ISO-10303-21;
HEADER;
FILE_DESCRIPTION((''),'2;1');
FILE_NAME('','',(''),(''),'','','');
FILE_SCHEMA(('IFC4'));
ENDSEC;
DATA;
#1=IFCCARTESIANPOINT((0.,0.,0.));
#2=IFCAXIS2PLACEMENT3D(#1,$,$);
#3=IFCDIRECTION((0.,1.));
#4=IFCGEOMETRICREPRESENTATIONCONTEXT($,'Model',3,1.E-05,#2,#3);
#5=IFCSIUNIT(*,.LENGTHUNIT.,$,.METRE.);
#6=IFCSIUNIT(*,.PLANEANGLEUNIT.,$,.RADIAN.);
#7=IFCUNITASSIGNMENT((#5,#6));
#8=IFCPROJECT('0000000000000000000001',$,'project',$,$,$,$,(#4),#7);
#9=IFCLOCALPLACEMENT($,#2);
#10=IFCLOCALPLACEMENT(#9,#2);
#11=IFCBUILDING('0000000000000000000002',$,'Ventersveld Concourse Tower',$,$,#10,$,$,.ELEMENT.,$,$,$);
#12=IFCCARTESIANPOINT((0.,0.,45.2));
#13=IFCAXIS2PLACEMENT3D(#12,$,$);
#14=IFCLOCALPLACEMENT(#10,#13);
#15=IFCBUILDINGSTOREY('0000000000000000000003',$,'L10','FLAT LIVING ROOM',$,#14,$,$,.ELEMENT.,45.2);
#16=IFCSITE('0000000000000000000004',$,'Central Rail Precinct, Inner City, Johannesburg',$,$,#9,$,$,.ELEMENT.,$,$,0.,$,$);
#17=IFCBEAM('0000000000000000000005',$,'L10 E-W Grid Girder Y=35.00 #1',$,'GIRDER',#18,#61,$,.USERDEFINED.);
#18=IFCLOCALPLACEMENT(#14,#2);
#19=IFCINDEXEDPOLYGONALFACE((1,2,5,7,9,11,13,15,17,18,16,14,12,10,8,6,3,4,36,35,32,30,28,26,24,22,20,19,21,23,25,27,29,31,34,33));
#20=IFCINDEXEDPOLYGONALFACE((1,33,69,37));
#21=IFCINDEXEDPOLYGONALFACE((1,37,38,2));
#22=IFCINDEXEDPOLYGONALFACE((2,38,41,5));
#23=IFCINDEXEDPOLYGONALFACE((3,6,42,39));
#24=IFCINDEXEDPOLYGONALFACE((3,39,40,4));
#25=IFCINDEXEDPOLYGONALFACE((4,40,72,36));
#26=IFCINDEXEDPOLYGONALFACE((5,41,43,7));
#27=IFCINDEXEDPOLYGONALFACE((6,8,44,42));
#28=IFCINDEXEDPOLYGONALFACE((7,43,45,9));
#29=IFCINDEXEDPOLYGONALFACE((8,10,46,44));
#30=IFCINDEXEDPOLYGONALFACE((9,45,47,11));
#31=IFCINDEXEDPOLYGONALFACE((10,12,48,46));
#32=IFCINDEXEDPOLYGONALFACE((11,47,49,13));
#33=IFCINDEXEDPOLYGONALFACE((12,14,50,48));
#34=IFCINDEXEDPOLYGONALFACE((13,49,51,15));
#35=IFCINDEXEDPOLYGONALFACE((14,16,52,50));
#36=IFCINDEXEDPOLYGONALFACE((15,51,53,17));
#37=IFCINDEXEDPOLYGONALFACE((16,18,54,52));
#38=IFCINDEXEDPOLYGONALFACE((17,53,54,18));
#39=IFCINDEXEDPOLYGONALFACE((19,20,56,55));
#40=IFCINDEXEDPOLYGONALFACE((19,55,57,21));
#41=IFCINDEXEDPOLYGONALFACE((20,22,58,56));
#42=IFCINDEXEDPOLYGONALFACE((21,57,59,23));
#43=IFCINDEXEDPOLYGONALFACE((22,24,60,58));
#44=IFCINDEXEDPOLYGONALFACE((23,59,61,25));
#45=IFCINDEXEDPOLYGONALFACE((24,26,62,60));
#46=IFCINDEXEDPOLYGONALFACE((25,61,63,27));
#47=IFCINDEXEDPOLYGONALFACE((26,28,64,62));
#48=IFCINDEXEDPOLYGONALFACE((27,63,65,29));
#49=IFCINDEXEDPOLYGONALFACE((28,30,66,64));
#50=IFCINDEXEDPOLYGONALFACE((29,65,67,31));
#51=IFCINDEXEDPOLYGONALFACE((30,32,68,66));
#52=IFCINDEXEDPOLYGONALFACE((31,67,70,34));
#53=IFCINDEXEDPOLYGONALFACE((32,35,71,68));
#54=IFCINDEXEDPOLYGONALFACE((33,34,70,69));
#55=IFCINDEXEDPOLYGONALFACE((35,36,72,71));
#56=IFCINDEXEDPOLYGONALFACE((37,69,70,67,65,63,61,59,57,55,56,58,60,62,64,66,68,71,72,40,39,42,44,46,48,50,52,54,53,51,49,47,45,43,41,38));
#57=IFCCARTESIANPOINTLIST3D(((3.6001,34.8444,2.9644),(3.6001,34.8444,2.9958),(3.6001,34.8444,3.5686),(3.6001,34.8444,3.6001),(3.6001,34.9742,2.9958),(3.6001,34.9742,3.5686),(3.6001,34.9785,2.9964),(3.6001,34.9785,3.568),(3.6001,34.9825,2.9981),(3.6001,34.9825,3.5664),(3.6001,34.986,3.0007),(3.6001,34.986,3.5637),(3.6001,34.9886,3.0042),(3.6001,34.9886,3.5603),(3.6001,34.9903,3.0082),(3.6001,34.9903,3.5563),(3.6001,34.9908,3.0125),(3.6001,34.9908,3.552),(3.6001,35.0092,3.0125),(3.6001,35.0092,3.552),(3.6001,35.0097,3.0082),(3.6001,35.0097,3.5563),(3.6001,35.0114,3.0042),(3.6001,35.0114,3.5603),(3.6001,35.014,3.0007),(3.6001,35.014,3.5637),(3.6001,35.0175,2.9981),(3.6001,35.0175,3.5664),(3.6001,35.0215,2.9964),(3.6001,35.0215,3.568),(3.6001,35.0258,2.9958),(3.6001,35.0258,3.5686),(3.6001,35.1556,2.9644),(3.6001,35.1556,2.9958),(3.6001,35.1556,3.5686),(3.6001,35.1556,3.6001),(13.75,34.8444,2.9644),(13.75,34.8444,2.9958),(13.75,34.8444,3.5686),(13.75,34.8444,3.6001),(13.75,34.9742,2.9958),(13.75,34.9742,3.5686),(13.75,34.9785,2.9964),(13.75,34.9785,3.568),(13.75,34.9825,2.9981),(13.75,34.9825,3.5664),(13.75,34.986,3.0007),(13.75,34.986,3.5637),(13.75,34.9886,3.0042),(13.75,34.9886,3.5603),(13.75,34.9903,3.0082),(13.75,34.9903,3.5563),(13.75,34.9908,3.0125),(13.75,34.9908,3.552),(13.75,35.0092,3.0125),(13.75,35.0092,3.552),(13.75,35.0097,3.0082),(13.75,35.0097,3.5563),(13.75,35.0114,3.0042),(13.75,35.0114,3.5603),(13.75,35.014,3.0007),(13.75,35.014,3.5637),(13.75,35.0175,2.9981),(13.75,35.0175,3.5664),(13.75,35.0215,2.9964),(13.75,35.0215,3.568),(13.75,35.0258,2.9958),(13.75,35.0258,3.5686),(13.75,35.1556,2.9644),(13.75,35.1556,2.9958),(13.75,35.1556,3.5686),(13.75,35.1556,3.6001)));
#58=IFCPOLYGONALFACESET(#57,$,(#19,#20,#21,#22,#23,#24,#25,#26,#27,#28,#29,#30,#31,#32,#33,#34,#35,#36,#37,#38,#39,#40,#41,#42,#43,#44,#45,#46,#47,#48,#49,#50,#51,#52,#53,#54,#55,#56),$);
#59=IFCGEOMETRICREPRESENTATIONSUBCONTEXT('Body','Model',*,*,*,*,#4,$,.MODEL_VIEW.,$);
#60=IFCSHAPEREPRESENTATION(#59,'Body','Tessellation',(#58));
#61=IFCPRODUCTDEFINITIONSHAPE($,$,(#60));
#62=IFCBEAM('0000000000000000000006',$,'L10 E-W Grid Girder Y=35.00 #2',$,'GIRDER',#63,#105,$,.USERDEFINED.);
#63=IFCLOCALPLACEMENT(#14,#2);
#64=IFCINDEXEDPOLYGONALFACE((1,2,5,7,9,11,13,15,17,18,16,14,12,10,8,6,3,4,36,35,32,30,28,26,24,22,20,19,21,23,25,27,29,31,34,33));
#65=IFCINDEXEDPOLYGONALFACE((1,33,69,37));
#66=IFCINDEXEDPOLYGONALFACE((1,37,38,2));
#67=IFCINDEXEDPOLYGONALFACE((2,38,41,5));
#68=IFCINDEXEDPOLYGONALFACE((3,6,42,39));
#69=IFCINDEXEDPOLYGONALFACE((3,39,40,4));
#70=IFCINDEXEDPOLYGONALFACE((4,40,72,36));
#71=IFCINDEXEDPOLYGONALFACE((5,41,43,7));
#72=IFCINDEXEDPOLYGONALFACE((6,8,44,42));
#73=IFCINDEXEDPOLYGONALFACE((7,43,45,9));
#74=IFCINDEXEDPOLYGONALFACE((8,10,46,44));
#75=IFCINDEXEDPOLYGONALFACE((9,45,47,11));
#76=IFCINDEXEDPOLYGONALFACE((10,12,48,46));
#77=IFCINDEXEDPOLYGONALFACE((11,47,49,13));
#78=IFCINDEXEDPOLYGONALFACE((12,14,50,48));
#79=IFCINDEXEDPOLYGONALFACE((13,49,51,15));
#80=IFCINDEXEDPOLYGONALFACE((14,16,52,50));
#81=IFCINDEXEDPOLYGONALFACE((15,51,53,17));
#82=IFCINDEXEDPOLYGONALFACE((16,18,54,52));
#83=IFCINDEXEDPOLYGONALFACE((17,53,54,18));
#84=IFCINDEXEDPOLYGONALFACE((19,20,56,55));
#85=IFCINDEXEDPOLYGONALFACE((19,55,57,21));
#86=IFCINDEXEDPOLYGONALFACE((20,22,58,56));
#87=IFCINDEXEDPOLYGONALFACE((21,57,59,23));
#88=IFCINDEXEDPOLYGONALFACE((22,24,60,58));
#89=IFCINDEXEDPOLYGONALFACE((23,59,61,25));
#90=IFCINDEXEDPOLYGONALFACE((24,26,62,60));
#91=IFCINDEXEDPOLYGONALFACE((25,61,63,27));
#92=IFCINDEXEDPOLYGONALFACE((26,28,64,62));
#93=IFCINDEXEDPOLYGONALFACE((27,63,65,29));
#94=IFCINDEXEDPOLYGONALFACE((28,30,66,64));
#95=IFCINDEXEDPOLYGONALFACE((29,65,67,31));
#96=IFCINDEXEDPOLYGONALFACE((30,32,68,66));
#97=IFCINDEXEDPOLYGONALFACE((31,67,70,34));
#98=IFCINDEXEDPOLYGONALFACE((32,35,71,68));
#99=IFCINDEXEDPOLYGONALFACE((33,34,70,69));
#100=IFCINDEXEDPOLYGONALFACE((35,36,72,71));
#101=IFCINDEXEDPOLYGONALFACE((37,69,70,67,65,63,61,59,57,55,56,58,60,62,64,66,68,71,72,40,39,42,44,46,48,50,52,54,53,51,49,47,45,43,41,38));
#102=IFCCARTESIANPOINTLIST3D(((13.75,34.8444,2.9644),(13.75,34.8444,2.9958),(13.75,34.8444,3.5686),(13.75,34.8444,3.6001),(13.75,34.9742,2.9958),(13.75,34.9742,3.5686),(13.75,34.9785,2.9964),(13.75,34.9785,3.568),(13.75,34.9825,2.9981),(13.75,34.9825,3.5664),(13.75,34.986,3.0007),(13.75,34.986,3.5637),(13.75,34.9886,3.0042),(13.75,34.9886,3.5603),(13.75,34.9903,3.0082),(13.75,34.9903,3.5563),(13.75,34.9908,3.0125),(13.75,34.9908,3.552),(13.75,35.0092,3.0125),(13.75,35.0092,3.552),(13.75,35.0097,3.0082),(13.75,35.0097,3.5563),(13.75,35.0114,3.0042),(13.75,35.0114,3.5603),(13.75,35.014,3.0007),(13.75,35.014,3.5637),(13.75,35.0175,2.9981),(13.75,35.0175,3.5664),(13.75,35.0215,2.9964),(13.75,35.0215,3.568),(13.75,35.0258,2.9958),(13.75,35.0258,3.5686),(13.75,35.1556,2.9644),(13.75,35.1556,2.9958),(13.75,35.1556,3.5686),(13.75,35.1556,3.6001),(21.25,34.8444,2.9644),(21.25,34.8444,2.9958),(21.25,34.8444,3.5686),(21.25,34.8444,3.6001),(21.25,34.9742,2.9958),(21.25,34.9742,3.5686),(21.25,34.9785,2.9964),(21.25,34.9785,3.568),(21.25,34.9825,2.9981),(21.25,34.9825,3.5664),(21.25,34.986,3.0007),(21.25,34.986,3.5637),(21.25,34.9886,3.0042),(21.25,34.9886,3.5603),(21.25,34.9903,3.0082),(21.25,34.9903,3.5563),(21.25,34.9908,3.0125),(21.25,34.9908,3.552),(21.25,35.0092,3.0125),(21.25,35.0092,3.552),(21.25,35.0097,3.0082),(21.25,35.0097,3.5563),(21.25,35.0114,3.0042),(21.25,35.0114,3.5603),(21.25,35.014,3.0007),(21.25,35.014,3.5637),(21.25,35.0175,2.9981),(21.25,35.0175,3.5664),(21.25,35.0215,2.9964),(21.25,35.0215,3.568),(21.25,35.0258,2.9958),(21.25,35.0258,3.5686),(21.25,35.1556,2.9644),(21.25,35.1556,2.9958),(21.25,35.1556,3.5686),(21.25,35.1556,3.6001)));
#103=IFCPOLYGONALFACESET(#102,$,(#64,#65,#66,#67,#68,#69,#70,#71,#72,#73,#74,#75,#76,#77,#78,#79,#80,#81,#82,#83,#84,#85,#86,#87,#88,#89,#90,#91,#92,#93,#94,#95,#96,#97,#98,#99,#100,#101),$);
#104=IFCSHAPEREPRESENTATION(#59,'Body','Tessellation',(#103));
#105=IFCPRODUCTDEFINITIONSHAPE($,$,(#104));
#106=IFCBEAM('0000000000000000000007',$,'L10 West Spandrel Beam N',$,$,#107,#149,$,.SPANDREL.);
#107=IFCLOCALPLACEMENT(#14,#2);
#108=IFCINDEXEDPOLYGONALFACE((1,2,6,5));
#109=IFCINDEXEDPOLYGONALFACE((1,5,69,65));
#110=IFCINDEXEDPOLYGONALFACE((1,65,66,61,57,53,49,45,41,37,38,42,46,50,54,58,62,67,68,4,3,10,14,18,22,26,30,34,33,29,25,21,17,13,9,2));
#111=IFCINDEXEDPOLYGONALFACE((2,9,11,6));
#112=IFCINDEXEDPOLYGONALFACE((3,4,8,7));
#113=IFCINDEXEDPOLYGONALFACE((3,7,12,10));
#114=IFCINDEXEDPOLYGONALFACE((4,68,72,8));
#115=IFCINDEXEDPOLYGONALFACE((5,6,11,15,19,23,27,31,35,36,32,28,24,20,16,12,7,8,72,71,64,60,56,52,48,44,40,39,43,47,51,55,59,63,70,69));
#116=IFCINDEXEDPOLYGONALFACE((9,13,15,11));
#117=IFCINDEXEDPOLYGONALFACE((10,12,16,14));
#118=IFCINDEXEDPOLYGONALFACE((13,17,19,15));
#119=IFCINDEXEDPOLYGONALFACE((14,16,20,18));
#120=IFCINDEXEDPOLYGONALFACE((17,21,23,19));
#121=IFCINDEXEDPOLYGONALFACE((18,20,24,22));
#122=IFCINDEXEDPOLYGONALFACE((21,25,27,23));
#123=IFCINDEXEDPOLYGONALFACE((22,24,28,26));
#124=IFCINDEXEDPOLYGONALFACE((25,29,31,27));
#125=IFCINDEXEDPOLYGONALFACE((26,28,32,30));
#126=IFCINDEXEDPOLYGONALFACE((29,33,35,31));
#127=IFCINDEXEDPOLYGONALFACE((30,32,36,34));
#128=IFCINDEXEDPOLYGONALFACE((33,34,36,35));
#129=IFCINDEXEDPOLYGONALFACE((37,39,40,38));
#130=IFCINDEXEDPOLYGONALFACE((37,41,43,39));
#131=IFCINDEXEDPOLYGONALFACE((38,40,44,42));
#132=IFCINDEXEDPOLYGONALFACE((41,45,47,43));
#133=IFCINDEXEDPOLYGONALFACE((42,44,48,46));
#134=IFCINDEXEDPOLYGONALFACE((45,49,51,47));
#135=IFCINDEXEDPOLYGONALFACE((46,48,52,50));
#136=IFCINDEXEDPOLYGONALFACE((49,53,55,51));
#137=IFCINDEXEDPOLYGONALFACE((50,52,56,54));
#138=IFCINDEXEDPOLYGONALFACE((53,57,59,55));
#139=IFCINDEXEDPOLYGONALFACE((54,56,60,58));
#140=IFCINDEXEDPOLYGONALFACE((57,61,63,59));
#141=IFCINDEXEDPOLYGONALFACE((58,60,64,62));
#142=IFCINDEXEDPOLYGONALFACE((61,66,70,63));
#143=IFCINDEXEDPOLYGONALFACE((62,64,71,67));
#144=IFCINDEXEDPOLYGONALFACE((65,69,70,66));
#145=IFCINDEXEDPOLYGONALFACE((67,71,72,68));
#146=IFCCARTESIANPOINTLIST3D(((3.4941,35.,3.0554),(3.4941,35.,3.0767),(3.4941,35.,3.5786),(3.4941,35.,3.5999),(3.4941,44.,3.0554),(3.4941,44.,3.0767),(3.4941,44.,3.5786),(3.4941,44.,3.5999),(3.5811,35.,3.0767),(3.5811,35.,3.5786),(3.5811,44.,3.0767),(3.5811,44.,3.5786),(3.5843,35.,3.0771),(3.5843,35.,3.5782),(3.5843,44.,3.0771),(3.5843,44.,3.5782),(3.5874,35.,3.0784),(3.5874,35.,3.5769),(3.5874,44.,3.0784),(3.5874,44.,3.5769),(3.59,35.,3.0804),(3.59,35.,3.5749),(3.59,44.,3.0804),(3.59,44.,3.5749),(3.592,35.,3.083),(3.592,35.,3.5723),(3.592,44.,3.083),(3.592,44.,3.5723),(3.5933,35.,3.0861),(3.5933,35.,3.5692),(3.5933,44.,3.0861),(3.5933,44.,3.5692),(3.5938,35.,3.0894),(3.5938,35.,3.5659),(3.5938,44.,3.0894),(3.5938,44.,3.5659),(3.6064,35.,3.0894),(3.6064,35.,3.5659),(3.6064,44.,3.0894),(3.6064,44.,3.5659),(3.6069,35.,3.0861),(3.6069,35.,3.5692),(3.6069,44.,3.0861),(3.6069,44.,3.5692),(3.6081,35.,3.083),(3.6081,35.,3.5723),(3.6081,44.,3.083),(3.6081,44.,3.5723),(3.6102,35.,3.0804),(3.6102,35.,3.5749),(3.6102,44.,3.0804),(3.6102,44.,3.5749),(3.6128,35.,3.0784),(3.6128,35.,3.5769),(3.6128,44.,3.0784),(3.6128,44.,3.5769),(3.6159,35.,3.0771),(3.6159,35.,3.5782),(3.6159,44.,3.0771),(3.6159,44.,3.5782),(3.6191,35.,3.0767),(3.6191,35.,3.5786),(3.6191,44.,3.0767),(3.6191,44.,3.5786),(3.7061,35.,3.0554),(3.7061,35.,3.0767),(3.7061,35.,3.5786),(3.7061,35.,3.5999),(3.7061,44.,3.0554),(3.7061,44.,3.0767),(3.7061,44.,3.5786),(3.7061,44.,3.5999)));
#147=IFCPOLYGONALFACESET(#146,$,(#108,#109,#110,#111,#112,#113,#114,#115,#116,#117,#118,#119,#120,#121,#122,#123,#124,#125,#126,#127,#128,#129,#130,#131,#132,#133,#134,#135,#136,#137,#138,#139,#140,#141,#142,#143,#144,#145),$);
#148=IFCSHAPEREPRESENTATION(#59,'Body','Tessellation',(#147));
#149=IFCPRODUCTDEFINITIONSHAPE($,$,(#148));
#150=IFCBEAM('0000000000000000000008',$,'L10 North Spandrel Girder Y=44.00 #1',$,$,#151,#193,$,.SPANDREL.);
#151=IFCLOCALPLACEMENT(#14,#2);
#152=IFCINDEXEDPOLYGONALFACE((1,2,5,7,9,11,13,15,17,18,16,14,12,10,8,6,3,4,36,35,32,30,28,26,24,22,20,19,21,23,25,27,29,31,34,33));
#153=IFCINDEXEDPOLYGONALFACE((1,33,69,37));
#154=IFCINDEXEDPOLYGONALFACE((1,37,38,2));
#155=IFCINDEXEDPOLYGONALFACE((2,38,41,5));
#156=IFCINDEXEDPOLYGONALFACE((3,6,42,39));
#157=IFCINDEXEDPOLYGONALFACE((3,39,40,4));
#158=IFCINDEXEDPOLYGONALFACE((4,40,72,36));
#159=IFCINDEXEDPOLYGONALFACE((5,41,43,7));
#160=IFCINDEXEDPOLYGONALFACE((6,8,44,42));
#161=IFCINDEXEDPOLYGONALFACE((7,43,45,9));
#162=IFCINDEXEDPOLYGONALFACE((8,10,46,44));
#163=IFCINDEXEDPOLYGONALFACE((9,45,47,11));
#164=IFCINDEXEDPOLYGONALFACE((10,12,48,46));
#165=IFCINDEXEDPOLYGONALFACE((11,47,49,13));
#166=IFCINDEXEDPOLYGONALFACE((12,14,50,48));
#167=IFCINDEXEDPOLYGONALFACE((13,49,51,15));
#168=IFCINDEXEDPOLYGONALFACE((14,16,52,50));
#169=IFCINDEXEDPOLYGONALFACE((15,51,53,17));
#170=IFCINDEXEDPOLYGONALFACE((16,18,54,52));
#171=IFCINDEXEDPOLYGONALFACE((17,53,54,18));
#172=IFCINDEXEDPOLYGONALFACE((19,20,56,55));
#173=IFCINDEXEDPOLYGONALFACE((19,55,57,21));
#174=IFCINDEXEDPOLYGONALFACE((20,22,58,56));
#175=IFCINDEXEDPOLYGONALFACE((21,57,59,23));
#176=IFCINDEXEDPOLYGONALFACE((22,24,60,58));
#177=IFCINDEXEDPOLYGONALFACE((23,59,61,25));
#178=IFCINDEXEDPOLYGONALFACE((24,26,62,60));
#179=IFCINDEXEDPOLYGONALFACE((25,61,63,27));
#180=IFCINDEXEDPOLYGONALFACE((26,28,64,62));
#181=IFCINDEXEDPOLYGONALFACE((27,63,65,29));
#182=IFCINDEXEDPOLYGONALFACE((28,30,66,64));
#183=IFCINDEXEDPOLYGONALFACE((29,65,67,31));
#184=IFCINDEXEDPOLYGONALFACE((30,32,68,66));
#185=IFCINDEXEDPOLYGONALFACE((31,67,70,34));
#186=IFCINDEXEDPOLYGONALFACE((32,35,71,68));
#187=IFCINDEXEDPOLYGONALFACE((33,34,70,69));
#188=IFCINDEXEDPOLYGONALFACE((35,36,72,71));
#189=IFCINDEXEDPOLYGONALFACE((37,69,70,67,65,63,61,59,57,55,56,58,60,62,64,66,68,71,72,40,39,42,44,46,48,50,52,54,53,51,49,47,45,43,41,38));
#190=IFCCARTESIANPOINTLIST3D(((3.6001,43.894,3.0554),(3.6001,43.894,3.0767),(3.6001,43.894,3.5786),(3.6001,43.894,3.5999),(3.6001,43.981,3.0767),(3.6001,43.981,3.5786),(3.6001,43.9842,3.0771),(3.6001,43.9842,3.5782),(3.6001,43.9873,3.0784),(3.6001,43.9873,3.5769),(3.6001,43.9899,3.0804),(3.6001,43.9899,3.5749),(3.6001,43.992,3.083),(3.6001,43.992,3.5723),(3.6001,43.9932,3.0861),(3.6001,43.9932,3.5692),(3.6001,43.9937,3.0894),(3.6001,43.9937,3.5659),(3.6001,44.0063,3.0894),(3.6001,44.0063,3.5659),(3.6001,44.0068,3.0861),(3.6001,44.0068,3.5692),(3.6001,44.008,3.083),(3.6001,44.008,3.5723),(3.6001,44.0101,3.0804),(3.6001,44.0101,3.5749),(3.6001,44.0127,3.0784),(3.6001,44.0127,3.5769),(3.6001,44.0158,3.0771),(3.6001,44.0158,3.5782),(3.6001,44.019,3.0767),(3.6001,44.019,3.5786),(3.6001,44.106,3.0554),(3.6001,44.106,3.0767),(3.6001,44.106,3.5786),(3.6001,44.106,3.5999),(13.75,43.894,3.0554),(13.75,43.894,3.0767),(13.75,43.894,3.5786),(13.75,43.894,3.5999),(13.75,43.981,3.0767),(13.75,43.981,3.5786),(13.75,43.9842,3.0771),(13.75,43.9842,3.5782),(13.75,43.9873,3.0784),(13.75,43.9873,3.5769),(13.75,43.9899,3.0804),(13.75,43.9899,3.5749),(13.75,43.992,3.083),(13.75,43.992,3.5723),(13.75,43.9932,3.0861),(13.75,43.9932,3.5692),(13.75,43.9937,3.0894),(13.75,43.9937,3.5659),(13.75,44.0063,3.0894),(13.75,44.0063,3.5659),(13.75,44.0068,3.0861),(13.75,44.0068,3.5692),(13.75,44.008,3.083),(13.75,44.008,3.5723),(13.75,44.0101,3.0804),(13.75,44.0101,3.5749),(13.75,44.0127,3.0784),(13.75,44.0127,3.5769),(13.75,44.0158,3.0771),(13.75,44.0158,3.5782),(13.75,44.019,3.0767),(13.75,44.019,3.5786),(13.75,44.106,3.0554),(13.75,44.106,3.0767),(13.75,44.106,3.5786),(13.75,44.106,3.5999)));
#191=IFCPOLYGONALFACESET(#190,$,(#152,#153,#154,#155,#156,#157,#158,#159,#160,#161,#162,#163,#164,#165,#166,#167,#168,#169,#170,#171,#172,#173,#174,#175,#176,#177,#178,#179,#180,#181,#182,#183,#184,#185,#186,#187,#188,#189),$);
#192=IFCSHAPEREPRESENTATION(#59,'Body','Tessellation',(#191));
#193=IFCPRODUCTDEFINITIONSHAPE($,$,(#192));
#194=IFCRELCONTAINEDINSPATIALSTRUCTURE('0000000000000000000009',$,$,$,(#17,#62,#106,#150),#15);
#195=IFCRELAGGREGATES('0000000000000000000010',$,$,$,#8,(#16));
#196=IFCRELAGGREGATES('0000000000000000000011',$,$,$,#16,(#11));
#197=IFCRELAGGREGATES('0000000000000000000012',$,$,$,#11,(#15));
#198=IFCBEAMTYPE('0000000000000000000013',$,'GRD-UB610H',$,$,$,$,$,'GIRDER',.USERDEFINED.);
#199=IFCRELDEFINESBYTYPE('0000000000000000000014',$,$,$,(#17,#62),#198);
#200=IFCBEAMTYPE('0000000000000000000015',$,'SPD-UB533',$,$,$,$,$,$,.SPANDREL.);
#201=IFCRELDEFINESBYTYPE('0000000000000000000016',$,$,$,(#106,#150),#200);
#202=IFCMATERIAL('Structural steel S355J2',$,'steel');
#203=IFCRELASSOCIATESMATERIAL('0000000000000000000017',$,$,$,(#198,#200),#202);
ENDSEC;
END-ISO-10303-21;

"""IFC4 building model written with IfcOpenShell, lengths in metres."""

from ifc_helpers import new_model, si_unit, direction, frame, origin, origin_2d, place, context, subcontext, project, spatial, i_section, extrude, material, material_profile, profile_set, type_object, element, save


model = new_model("IFC4")

# Units and contexts
model_context = context("Model", 3, precision=1e-05, world=origin(), true_north=direction((0.0, 1.0)))
body_context = subcontext(model_context, "Body", "Model", "MODEL_VIEW")
ifc_project = project(units=[si_unit("LENGTHUNIT", "METRE"), si_unit("PLANEANGLEUNIT", "RADIAN")], contexts=[model_context])

# Site, building, storey
site_placement = place(None, origin())
site = spatial("IfcSite", under=ifc_project, at=site_placement, Name="Central Rail Precinct, Inner City, Johannesburg", CompositionType="ELEMENT", RefElevation=0.0)
building_placement = place(site_placement, origin())
building = spatial("IfcBuilding", under=site, at=building_placement, Name="Ventersveld Concourse Tower", CompositionType="ELEMENT")
storey_placement = place(building_placement, frame((0.0, 0.0, 45.2)))
storey = spatial("IfcBuildingStorey", under=building, at=storey_placement, Name="L10", Description="FLAT LIVING ROOM", CompositionType="ELEMENT", Elevation=45.2)

# Beams
ifc_material_1 = material(Name="Structural steel S355J2", Category="steel")
ifc_material_profile_1 = material_profile(ifc_material_1, i_section(OverallWidth=0.3113, OverallDepth=0.6357, WebThickness=0.0183, FlangeThickness=0.0315, FilletRadius=0.0166, at=origin_2d()), Name="UB 610x305x238")
ifc_profile_set_1 = profile_set([ifc_material_profile_1], Name="Structural steel S355J2")
beam_type_1 = type_object("IfcBeamType", Name="GRD-UB610H", ElementType="GIRDER", PredefinedType="USERDEFINED", material=ifc_profile_set_1)
beam_1_placement = place(storey_placement, frame((3.6001, 35.0, 3.2822), z_axis=(1.0, 0.0, 0.0), x_axis=(0.0, 1.0, 0.0)))
element("IfcBeam", 1, at=beam_1_placement, inside=storey, type_object=beam_type_1, Name="L10 E-W Grid Girder Y=35.00 #1", ObjectType="GIRDER", PredefinedType="USERDEFINED", context=body_context, shape_type="SweptSolid", body=[
    extrude(i_section(OverallWidth=0.3113, OverallDepth=0.6357, WebThickness=0.0183, FlangeThickness=0.0315, FilletRadius=0.0166, at=origin_2d()), origin(), (0.0, 0.0, 1.0), 10.1499),
])
beam_2_placement = place(storey_placement, frame((13.75, 35.0, 3.2822), z_axis=(1.0, 0.0, 0.0), x_axis=(0.0, 1.0, 0.0)))
element("IfcBeam", 2, at=beam_2_placement, inside=storey, type_object=beam_type_1, Name="L10 E-W Grid Girder Y=35.00 #2", ObjectType="GIRDER", PredefinedType="USERDEFINED", context=body_context, shape_type="SweptSolid", body=[
    extrude(i_section(OverallWidth=0.3113, OverallDepth=0.6357, WebThickness=0.0183, FlangeThickness=0.0315, FilletRadius=0.0166, at=origin_2d()), origin(), (0.0, 0.0, 1.0), 7.5),
])
ifc_material_profile_2 = material_profile(ifc_material_1, i_section(OverallWidth=0.2119, OverallDepth=0.5444, WebThickness=0.0127, FlangeThickness=0.0212, FilletRadius=0.0127, at=origin_2d()), Name="UB 533x210x122")
ifc_profile_set_2 = profile_set([ifc_material_profile_2], Name="Structural steel S355J2")
beam_type_2 = type_object("IfcBeamType", Name="SPD-UB533", PredefinedType="SPANDREL", material=ifc_profile_set_2)
beam_3_placement = place(storey_placement, frame((3.6001, 35.0, 3.3276), z_axis=(0.0, 1.0, 0.0), x_axis=(-1.0, 0.0, 0.0)))
element("IfcBeam", 3, at=beam_3_placement, inside=storey, type_object=beam_type_2, Name="L10 West Spandrel Beam N", PredefinedType="SPANDREL", context=body_context, shape_type="SweptSolid", body=[
    extrude(i_section(OverallWidth=0.2119, OverallDepth=0.5444, WebThickness=0.0127, FlangeThickness=0.0212, FilletRadius=0.0127, at=origin_2d()), origin(), (0.0, 0.0, 1.0), 9.0),
])
beam_4_placement = place(storey_placement, frame((3.6001, 44.0, 3.3276), z_axis=(1.0, 0.0, 0.0), x_axis=(0.0, 1.0, 0.0)))
element("IfcBeam", 4, at=beam_4_placement, inside=storey, type_object=beam_type_2, Name="L10 North Spandrel Girder Y=44.00 #1", PredefinedType="SPANDREL", context=body_context, shape_type="SweptSolid", body=[
    extrude(i_section(OverallWidth=0.2119, OverallDepth=0.5444, WebThickness=0.0127, FlangeThickness=0.0212, FilletRadius=0.0127, at=origin_2d()), origin(), (0.0, 0.0, 1.0), 10.1499),
])

save(model, "model.ifc")
